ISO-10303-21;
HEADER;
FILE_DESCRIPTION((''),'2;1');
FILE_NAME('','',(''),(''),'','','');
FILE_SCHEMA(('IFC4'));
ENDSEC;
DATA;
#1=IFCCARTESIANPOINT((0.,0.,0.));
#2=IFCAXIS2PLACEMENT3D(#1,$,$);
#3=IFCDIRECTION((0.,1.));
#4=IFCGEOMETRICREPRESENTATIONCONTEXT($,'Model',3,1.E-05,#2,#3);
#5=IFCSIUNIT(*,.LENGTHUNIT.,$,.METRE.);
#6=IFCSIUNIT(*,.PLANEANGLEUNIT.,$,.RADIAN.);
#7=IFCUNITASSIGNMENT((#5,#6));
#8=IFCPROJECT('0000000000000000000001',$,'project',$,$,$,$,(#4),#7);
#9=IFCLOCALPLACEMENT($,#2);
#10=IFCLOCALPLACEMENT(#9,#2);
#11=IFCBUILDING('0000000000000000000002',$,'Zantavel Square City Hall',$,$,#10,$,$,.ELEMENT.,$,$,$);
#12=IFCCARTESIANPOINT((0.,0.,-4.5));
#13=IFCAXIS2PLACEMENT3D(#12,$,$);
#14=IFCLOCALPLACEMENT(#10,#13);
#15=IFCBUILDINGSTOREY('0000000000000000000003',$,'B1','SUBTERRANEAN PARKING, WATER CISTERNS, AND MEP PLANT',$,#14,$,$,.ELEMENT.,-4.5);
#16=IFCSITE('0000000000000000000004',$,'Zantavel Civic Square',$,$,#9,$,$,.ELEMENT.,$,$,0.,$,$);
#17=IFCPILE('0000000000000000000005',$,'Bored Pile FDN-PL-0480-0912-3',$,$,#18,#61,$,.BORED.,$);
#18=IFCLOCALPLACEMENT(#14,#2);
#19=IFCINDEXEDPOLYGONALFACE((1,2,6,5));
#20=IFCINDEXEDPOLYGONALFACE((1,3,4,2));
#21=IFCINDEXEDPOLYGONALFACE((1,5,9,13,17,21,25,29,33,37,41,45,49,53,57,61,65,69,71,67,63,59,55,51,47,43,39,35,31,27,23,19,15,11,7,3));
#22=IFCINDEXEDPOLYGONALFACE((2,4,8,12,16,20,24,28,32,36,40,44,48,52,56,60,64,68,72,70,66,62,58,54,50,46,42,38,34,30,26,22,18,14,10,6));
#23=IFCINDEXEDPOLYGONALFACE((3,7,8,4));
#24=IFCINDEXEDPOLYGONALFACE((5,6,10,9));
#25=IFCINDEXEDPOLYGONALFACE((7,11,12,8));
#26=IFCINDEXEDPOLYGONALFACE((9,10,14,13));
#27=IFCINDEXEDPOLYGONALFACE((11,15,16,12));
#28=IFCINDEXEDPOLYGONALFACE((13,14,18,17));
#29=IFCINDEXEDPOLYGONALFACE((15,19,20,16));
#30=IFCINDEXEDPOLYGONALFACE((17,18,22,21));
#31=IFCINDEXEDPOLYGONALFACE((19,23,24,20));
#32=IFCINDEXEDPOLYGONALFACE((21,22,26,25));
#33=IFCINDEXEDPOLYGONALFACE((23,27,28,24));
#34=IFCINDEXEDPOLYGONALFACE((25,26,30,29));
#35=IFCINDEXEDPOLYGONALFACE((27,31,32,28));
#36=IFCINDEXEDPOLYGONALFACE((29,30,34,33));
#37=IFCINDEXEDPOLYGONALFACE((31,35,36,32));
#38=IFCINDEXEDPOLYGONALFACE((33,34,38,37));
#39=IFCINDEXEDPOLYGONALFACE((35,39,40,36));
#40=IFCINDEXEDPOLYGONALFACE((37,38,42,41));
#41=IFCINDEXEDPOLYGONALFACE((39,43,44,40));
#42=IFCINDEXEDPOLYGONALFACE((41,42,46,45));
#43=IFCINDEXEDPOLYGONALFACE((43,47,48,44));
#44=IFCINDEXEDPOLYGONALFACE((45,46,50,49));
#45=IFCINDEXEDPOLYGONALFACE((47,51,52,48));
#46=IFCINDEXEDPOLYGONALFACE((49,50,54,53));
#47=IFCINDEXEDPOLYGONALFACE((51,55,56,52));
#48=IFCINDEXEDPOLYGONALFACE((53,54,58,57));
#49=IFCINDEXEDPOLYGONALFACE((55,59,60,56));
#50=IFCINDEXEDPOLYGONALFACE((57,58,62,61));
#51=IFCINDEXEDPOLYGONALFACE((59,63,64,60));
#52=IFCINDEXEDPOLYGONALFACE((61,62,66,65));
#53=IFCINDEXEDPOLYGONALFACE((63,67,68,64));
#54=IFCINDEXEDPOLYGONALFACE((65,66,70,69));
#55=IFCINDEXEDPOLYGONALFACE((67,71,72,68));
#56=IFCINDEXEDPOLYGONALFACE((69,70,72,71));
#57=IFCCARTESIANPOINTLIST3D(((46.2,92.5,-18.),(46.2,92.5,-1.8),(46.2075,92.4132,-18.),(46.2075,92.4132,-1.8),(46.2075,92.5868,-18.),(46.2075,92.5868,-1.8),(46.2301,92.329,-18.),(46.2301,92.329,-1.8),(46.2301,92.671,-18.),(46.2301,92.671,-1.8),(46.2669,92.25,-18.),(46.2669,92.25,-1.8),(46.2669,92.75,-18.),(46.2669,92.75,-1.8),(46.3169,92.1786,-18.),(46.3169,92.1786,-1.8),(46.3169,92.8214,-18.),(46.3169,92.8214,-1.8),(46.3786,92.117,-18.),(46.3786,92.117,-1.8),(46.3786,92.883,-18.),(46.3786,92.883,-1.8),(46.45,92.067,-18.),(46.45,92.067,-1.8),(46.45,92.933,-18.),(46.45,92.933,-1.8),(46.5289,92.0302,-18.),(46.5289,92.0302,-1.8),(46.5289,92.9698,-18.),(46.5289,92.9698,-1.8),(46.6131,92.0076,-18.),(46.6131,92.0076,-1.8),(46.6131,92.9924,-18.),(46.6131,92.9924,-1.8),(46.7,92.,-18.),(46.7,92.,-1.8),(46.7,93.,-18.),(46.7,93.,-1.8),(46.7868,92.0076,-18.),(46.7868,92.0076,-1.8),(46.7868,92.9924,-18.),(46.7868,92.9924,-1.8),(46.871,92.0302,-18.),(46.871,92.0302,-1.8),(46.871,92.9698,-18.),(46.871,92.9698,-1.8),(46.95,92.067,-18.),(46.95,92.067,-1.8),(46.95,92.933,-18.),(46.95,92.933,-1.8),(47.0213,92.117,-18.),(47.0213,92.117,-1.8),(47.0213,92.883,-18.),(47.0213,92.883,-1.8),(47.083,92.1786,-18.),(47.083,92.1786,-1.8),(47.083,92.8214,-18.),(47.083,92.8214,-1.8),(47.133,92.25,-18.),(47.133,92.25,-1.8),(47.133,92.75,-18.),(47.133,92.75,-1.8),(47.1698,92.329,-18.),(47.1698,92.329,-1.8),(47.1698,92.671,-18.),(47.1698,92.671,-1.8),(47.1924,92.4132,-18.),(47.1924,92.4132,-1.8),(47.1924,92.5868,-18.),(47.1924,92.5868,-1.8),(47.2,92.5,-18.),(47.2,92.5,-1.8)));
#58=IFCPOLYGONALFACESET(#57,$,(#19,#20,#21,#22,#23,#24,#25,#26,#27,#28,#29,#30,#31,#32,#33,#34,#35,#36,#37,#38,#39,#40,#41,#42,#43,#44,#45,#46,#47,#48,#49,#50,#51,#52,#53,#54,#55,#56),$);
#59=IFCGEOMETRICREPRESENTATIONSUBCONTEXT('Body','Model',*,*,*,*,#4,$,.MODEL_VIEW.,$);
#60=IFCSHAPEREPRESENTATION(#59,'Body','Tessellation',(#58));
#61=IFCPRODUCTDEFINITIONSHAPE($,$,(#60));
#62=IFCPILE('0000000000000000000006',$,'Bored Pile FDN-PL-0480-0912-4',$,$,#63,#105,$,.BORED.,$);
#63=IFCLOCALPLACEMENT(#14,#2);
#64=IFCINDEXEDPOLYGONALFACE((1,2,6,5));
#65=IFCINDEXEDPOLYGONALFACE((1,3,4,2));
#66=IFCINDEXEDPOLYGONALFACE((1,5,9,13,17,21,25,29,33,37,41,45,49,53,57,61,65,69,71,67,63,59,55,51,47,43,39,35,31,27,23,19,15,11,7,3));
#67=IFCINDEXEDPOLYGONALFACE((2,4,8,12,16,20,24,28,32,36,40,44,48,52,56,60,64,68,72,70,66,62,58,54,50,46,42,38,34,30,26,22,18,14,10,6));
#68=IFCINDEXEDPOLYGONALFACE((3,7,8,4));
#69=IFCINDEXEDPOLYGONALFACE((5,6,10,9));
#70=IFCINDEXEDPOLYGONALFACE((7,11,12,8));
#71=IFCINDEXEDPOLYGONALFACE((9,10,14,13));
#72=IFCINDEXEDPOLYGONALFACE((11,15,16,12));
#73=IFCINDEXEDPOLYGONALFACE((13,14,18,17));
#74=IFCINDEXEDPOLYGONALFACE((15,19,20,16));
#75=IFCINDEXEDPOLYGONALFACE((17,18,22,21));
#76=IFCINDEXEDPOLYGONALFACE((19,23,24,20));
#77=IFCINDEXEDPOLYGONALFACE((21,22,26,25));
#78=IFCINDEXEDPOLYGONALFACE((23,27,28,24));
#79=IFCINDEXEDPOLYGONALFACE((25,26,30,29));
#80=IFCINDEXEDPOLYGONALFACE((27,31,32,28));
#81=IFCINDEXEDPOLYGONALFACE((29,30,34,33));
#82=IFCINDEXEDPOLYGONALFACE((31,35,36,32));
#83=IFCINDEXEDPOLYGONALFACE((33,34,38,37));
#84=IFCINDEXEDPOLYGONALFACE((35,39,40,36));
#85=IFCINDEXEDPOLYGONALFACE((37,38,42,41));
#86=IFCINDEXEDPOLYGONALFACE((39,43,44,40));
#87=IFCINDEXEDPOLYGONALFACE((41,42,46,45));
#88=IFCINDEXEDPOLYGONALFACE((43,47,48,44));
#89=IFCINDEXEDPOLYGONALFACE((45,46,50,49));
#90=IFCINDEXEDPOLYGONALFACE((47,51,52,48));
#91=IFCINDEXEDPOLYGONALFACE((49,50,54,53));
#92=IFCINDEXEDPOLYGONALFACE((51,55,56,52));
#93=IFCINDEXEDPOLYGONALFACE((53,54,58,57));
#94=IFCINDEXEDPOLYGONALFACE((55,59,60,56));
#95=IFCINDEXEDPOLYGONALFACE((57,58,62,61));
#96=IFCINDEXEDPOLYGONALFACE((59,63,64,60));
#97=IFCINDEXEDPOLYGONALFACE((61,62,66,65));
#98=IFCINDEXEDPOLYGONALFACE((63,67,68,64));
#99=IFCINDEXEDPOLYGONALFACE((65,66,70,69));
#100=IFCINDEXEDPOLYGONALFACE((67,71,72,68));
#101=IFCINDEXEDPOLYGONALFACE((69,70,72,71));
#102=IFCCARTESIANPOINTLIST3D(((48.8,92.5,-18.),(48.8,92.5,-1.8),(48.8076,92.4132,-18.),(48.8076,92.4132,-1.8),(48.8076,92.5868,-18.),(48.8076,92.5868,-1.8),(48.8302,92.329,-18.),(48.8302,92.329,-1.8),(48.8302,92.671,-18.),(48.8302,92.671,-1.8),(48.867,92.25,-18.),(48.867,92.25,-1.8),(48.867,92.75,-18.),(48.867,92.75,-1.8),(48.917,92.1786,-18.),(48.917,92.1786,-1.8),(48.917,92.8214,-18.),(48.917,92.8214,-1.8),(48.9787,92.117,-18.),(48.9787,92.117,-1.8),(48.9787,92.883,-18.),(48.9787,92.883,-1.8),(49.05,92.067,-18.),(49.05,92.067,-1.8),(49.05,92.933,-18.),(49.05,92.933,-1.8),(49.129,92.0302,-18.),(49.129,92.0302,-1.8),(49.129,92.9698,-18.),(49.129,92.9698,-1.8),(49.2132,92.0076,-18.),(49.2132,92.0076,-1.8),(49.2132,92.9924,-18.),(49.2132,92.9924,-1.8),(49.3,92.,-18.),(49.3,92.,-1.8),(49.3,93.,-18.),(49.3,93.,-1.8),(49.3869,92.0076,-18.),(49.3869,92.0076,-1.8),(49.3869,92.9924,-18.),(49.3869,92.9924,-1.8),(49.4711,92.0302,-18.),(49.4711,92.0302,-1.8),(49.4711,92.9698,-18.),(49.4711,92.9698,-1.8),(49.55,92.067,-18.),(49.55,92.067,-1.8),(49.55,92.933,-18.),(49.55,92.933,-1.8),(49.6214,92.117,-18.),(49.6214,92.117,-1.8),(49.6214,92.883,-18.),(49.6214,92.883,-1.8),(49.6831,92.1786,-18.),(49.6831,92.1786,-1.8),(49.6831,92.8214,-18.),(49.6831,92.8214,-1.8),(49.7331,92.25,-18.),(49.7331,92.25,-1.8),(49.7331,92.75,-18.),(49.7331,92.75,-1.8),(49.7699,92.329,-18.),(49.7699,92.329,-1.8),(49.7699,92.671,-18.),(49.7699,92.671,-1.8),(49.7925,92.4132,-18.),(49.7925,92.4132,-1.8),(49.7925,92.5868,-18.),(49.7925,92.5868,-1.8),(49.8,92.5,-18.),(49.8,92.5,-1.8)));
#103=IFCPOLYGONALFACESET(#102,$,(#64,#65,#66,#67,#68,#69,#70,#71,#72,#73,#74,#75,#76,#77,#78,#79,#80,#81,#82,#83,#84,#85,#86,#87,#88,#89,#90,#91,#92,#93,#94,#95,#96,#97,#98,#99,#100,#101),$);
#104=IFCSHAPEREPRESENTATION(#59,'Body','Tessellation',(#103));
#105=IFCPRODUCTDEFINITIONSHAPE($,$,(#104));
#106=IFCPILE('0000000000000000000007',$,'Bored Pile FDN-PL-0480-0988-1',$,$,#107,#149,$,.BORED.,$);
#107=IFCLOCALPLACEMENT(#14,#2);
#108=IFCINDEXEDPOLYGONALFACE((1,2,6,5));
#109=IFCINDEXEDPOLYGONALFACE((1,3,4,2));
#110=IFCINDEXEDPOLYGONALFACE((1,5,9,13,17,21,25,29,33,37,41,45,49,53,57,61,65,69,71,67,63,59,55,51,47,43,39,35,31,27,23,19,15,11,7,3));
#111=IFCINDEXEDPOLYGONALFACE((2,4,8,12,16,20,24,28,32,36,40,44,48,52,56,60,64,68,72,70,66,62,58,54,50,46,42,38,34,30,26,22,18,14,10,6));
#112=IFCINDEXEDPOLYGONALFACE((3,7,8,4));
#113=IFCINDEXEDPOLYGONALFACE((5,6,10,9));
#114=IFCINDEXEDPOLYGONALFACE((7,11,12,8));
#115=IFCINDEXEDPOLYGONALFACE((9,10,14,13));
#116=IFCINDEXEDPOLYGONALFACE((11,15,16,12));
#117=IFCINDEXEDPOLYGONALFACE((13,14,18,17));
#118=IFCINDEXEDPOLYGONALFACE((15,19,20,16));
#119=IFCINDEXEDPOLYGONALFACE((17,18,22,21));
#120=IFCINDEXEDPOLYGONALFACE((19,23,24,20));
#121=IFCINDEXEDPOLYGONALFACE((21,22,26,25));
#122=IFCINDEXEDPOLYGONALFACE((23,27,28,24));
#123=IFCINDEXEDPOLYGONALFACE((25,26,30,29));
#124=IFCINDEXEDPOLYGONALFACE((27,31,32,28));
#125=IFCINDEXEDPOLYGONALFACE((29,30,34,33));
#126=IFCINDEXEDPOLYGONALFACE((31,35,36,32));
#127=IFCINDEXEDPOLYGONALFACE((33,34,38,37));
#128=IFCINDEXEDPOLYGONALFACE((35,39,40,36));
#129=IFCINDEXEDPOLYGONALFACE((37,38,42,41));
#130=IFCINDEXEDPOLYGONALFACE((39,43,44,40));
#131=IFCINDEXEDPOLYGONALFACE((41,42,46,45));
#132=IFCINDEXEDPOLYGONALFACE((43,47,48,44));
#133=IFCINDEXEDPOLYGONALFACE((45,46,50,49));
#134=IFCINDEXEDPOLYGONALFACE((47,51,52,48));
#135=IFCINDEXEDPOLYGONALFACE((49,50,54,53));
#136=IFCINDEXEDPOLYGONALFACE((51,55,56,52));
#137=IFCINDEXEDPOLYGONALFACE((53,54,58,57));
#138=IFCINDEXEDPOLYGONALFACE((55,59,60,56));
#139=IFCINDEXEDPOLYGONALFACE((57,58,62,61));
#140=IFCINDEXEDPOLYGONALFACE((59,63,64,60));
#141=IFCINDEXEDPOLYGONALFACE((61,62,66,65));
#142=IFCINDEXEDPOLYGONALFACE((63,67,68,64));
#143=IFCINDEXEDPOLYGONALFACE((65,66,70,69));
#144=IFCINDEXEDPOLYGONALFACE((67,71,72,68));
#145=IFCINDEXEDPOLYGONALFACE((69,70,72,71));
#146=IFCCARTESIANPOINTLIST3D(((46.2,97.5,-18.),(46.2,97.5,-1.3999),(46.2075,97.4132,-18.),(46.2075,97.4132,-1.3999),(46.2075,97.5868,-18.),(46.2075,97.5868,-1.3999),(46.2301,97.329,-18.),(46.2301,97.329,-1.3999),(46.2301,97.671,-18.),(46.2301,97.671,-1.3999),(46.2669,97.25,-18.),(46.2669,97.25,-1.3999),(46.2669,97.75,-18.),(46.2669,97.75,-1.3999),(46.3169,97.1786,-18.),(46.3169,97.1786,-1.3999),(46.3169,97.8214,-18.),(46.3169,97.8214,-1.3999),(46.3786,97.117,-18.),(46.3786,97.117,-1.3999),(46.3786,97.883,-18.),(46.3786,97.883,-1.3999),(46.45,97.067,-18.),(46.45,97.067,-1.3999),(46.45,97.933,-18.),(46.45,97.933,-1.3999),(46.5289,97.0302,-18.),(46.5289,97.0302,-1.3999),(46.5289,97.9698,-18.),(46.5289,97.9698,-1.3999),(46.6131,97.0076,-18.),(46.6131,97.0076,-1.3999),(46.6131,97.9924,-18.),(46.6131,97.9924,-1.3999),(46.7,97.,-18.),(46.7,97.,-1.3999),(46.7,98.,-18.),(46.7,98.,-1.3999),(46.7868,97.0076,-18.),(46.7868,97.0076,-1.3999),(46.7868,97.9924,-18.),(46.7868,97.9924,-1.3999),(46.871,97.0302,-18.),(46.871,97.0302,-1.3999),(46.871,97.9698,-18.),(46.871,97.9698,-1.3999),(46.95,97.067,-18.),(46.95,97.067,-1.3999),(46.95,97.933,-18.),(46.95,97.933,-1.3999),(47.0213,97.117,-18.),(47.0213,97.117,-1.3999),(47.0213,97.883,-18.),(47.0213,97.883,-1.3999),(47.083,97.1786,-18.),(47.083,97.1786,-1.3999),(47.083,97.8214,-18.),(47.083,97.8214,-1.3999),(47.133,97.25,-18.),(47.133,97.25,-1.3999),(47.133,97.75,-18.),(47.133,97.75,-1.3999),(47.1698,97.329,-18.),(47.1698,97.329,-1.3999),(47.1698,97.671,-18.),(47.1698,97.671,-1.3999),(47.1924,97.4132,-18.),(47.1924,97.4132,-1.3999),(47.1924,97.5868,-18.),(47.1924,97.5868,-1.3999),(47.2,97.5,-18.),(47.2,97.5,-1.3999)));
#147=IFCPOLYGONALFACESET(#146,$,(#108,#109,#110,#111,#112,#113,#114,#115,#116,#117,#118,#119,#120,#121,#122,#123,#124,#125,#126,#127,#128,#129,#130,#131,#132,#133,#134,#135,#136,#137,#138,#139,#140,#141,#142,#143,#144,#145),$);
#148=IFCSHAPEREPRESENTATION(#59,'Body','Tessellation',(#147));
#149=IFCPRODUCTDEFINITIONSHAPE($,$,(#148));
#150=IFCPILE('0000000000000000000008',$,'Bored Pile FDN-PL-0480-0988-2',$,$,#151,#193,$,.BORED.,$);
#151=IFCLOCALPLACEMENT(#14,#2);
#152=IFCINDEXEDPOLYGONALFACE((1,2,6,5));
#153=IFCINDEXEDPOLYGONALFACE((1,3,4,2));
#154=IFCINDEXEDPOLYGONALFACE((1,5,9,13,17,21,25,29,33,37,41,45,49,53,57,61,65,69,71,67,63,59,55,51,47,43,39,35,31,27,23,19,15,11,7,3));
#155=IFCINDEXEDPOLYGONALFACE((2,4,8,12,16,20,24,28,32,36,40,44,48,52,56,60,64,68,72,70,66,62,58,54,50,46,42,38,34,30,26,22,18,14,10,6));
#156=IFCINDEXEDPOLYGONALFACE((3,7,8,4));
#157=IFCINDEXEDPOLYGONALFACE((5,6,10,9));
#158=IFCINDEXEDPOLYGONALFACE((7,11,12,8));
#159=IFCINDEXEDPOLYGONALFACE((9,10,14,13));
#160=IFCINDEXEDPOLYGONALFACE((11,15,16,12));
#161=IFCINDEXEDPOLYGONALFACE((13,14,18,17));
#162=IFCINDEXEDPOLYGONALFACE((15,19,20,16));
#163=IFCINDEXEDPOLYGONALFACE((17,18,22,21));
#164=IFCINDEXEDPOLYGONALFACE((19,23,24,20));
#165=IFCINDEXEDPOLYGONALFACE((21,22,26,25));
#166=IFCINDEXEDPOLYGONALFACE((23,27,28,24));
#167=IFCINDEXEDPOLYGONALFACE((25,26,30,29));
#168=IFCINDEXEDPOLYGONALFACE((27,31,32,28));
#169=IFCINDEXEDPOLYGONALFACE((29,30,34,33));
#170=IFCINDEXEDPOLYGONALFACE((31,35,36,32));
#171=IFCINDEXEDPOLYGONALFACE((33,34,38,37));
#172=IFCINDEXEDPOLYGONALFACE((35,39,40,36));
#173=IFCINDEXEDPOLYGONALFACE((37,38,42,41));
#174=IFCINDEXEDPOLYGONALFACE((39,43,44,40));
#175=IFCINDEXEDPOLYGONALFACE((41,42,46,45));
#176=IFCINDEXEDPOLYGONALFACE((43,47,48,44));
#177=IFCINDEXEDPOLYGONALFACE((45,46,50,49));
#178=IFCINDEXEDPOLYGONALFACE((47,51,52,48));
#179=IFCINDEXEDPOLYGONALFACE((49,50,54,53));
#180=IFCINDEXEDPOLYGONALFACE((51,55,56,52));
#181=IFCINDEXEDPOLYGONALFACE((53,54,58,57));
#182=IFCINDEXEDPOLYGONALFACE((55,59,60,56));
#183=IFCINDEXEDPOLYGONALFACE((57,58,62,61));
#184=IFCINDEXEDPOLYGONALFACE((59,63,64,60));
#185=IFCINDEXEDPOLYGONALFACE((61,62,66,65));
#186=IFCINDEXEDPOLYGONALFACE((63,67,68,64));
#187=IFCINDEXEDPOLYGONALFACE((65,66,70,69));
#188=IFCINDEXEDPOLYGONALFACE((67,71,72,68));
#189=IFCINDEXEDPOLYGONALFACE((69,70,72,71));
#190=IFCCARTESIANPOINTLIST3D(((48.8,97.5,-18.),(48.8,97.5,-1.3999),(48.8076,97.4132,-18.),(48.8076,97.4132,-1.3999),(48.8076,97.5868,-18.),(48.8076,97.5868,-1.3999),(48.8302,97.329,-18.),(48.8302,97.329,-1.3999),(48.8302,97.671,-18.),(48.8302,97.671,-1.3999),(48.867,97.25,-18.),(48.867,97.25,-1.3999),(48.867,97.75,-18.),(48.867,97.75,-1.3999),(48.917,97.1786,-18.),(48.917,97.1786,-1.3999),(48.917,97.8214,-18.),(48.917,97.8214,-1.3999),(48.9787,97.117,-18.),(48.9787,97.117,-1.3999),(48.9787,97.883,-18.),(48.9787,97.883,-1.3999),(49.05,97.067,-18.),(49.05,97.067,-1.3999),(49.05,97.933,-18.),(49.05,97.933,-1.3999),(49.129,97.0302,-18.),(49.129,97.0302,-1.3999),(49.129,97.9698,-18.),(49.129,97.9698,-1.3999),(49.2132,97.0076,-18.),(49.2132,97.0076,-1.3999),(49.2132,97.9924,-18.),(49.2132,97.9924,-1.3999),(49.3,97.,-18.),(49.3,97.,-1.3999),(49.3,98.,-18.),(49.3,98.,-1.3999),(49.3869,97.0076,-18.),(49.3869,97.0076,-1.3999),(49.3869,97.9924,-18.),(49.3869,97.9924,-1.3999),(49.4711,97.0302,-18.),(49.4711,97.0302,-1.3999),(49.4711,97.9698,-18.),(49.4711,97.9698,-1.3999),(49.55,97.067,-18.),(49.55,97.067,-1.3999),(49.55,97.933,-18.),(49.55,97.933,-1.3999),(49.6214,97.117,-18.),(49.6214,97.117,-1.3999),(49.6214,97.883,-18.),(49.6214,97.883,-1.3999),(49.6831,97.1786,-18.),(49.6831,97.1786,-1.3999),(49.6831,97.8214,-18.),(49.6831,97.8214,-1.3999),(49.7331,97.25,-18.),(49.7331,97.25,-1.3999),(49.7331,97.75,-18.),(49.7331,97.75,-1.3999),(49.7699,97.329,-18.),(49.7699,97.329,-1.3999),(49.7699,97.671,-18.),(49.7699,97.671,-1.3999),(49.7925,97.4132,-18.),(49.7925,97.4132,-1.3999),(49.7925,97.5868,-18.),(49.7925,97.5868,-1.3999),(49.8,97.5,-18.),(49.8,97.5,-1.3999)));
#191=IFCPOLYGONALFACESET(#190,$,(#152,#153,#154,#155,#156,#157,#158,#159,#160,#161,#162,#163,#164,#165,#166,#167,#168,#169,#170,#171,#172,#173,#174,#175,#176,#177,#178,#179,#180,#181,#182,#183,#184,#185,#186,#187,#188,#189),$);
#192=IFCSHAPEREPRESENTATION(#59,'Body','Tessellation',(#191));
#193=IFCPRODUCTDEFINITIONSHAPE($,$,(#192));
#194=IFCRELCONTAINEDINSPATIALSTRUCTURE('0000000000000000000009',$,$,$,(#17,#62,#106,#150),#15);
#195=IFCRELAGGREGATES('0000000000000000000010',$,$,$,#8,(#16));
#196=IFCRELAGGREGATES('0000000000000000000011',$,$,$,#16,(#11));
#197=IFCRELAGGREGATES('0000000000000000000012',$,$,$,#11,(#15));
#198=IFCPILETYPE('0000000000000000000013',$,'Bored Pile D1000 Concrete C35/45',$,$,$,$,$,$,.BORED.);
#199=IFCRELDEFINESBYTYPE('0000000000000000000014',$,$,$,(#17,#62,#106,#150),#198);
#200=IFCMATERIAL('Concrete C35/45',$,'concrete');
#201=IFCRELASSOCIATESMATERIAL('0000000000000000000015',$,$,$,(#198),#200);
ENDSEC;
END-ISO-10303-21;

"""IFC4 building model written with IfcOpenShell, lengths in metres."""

from ifc_helpers import new_model, si_unit, direction, frame, origin, origin_2d, place, context, subcontext, project, spatial, circle, extrude, material, material_profile, profile_set, type_object, element, save


model = new_model("IFC4")

# Units and contexts
model_context = context("Model", 3, precision=1e-05, world=origin(), true_north=direction((0.0, 1.0)))
body_context = subcontext(model_context, "Body", "Model", "MODEL_VIEW")
ifc_project = project(units=[si_unit("LENGTHUNIT", "METRE"), si_unit("PLANEANGLEUNIT", "RADIAN")], contexts=[model_context])

# Site, building, storey
site_placement = place(None, origin())
site = spatial("IfcSite", under=ifc_project, at=site_placement, Name="Zantavel Civic Square", CompositionType="ELEMENT", RefElevation=0.0)
building_placement = place(site_placement, origin())
building = spatial("IfcBuilding", under=site, at=building_placement, Name="Zantavel Square City Hall", CompositionType="ELEMENT")
storey_placement = place(building_placement, frame((0.0, 0.0, -4.5)))
storey = spatial("IfcBuildingStorey", under=building, at=storey_placement, Name="B1", Description="SUBTERRANEAN PARKING, WATER CISTERNS, AND MEP PLANT", CompositionType="ELEMENT", Elevation=-4.5)

# Piles
ifc_material_1 = material(Name="Concrete C35/45", Category="concrete")
ifc_material_profile_1 = material_profile(ifc_material_1, circle(Radius=0.5, at=origin_2d()), Name="PILE D1000")
ifc_profile_set_1 = profile_set([ifc_material_profile_1], Name="Concrete C35/45")
pile_type = type_object("IfcPileType", Name="Bored Pile D1000 Concrete C35/45", PredefinedType="BORED", material=ifc_profile_set_1)
for number, where, z_axis, x_axis, name in (
    (1, (46.7, 92.5, -1.8), (0.0, 0.0, -1.0), (1.0, 0.0, 0.0), "Bored Pile FDN-PL-0480-0912-3"),
    (2, (49.3, 92.5, -1.8), (0.0, 0.0, -1.0), (1.0, 0.0, 0.0), "Bored Pile FDN-PL-0480-0912-4"),
):
    element("IfcPile", number, at=place(storey_placement, frame(where, z_axis=z_axis, x_axis=x_axis)), inside=storey, type_object=pile_type, Name=name, PredefinedType="BORED", context=body_context, shape_type="SweptSolid", body=[
        extrude(circle(Radius=0.5, at=origin_2d()), origin(), (0.0, 0.0, 1.0), 16.2),
    ])
for number, where, z_axis, x_axis, name in (
    (3, (46.7, 97.5, -1.3999), (0.0, 0.0, -1.0), (1.0, 0.0, 0.0), "Bored Pile FDN-PL-0480-0988-1"),
    (4, (49.3, 97.5, -1.3999), (0.0, 0.0, -1.0), (1.0, 0.0, 0.0), "Bored Pile FDN-PL-0480-0988-2"),
):
    element("IfcPile", number, at=place(storey_placement, frame(where, z_axis=z_axis, x_axis=x_axis)), inside=storey, type_object=pile_type, Name=name, PredefinedType="BORED", context=body_context, shape_type="SweptSolid", body=[
        extrude(circle(Radius=0.5, at=origin_2d()), origin(), (0.0, 0.0, 1.0), 16.6001),
    ])

save(model, "model.ifc")
